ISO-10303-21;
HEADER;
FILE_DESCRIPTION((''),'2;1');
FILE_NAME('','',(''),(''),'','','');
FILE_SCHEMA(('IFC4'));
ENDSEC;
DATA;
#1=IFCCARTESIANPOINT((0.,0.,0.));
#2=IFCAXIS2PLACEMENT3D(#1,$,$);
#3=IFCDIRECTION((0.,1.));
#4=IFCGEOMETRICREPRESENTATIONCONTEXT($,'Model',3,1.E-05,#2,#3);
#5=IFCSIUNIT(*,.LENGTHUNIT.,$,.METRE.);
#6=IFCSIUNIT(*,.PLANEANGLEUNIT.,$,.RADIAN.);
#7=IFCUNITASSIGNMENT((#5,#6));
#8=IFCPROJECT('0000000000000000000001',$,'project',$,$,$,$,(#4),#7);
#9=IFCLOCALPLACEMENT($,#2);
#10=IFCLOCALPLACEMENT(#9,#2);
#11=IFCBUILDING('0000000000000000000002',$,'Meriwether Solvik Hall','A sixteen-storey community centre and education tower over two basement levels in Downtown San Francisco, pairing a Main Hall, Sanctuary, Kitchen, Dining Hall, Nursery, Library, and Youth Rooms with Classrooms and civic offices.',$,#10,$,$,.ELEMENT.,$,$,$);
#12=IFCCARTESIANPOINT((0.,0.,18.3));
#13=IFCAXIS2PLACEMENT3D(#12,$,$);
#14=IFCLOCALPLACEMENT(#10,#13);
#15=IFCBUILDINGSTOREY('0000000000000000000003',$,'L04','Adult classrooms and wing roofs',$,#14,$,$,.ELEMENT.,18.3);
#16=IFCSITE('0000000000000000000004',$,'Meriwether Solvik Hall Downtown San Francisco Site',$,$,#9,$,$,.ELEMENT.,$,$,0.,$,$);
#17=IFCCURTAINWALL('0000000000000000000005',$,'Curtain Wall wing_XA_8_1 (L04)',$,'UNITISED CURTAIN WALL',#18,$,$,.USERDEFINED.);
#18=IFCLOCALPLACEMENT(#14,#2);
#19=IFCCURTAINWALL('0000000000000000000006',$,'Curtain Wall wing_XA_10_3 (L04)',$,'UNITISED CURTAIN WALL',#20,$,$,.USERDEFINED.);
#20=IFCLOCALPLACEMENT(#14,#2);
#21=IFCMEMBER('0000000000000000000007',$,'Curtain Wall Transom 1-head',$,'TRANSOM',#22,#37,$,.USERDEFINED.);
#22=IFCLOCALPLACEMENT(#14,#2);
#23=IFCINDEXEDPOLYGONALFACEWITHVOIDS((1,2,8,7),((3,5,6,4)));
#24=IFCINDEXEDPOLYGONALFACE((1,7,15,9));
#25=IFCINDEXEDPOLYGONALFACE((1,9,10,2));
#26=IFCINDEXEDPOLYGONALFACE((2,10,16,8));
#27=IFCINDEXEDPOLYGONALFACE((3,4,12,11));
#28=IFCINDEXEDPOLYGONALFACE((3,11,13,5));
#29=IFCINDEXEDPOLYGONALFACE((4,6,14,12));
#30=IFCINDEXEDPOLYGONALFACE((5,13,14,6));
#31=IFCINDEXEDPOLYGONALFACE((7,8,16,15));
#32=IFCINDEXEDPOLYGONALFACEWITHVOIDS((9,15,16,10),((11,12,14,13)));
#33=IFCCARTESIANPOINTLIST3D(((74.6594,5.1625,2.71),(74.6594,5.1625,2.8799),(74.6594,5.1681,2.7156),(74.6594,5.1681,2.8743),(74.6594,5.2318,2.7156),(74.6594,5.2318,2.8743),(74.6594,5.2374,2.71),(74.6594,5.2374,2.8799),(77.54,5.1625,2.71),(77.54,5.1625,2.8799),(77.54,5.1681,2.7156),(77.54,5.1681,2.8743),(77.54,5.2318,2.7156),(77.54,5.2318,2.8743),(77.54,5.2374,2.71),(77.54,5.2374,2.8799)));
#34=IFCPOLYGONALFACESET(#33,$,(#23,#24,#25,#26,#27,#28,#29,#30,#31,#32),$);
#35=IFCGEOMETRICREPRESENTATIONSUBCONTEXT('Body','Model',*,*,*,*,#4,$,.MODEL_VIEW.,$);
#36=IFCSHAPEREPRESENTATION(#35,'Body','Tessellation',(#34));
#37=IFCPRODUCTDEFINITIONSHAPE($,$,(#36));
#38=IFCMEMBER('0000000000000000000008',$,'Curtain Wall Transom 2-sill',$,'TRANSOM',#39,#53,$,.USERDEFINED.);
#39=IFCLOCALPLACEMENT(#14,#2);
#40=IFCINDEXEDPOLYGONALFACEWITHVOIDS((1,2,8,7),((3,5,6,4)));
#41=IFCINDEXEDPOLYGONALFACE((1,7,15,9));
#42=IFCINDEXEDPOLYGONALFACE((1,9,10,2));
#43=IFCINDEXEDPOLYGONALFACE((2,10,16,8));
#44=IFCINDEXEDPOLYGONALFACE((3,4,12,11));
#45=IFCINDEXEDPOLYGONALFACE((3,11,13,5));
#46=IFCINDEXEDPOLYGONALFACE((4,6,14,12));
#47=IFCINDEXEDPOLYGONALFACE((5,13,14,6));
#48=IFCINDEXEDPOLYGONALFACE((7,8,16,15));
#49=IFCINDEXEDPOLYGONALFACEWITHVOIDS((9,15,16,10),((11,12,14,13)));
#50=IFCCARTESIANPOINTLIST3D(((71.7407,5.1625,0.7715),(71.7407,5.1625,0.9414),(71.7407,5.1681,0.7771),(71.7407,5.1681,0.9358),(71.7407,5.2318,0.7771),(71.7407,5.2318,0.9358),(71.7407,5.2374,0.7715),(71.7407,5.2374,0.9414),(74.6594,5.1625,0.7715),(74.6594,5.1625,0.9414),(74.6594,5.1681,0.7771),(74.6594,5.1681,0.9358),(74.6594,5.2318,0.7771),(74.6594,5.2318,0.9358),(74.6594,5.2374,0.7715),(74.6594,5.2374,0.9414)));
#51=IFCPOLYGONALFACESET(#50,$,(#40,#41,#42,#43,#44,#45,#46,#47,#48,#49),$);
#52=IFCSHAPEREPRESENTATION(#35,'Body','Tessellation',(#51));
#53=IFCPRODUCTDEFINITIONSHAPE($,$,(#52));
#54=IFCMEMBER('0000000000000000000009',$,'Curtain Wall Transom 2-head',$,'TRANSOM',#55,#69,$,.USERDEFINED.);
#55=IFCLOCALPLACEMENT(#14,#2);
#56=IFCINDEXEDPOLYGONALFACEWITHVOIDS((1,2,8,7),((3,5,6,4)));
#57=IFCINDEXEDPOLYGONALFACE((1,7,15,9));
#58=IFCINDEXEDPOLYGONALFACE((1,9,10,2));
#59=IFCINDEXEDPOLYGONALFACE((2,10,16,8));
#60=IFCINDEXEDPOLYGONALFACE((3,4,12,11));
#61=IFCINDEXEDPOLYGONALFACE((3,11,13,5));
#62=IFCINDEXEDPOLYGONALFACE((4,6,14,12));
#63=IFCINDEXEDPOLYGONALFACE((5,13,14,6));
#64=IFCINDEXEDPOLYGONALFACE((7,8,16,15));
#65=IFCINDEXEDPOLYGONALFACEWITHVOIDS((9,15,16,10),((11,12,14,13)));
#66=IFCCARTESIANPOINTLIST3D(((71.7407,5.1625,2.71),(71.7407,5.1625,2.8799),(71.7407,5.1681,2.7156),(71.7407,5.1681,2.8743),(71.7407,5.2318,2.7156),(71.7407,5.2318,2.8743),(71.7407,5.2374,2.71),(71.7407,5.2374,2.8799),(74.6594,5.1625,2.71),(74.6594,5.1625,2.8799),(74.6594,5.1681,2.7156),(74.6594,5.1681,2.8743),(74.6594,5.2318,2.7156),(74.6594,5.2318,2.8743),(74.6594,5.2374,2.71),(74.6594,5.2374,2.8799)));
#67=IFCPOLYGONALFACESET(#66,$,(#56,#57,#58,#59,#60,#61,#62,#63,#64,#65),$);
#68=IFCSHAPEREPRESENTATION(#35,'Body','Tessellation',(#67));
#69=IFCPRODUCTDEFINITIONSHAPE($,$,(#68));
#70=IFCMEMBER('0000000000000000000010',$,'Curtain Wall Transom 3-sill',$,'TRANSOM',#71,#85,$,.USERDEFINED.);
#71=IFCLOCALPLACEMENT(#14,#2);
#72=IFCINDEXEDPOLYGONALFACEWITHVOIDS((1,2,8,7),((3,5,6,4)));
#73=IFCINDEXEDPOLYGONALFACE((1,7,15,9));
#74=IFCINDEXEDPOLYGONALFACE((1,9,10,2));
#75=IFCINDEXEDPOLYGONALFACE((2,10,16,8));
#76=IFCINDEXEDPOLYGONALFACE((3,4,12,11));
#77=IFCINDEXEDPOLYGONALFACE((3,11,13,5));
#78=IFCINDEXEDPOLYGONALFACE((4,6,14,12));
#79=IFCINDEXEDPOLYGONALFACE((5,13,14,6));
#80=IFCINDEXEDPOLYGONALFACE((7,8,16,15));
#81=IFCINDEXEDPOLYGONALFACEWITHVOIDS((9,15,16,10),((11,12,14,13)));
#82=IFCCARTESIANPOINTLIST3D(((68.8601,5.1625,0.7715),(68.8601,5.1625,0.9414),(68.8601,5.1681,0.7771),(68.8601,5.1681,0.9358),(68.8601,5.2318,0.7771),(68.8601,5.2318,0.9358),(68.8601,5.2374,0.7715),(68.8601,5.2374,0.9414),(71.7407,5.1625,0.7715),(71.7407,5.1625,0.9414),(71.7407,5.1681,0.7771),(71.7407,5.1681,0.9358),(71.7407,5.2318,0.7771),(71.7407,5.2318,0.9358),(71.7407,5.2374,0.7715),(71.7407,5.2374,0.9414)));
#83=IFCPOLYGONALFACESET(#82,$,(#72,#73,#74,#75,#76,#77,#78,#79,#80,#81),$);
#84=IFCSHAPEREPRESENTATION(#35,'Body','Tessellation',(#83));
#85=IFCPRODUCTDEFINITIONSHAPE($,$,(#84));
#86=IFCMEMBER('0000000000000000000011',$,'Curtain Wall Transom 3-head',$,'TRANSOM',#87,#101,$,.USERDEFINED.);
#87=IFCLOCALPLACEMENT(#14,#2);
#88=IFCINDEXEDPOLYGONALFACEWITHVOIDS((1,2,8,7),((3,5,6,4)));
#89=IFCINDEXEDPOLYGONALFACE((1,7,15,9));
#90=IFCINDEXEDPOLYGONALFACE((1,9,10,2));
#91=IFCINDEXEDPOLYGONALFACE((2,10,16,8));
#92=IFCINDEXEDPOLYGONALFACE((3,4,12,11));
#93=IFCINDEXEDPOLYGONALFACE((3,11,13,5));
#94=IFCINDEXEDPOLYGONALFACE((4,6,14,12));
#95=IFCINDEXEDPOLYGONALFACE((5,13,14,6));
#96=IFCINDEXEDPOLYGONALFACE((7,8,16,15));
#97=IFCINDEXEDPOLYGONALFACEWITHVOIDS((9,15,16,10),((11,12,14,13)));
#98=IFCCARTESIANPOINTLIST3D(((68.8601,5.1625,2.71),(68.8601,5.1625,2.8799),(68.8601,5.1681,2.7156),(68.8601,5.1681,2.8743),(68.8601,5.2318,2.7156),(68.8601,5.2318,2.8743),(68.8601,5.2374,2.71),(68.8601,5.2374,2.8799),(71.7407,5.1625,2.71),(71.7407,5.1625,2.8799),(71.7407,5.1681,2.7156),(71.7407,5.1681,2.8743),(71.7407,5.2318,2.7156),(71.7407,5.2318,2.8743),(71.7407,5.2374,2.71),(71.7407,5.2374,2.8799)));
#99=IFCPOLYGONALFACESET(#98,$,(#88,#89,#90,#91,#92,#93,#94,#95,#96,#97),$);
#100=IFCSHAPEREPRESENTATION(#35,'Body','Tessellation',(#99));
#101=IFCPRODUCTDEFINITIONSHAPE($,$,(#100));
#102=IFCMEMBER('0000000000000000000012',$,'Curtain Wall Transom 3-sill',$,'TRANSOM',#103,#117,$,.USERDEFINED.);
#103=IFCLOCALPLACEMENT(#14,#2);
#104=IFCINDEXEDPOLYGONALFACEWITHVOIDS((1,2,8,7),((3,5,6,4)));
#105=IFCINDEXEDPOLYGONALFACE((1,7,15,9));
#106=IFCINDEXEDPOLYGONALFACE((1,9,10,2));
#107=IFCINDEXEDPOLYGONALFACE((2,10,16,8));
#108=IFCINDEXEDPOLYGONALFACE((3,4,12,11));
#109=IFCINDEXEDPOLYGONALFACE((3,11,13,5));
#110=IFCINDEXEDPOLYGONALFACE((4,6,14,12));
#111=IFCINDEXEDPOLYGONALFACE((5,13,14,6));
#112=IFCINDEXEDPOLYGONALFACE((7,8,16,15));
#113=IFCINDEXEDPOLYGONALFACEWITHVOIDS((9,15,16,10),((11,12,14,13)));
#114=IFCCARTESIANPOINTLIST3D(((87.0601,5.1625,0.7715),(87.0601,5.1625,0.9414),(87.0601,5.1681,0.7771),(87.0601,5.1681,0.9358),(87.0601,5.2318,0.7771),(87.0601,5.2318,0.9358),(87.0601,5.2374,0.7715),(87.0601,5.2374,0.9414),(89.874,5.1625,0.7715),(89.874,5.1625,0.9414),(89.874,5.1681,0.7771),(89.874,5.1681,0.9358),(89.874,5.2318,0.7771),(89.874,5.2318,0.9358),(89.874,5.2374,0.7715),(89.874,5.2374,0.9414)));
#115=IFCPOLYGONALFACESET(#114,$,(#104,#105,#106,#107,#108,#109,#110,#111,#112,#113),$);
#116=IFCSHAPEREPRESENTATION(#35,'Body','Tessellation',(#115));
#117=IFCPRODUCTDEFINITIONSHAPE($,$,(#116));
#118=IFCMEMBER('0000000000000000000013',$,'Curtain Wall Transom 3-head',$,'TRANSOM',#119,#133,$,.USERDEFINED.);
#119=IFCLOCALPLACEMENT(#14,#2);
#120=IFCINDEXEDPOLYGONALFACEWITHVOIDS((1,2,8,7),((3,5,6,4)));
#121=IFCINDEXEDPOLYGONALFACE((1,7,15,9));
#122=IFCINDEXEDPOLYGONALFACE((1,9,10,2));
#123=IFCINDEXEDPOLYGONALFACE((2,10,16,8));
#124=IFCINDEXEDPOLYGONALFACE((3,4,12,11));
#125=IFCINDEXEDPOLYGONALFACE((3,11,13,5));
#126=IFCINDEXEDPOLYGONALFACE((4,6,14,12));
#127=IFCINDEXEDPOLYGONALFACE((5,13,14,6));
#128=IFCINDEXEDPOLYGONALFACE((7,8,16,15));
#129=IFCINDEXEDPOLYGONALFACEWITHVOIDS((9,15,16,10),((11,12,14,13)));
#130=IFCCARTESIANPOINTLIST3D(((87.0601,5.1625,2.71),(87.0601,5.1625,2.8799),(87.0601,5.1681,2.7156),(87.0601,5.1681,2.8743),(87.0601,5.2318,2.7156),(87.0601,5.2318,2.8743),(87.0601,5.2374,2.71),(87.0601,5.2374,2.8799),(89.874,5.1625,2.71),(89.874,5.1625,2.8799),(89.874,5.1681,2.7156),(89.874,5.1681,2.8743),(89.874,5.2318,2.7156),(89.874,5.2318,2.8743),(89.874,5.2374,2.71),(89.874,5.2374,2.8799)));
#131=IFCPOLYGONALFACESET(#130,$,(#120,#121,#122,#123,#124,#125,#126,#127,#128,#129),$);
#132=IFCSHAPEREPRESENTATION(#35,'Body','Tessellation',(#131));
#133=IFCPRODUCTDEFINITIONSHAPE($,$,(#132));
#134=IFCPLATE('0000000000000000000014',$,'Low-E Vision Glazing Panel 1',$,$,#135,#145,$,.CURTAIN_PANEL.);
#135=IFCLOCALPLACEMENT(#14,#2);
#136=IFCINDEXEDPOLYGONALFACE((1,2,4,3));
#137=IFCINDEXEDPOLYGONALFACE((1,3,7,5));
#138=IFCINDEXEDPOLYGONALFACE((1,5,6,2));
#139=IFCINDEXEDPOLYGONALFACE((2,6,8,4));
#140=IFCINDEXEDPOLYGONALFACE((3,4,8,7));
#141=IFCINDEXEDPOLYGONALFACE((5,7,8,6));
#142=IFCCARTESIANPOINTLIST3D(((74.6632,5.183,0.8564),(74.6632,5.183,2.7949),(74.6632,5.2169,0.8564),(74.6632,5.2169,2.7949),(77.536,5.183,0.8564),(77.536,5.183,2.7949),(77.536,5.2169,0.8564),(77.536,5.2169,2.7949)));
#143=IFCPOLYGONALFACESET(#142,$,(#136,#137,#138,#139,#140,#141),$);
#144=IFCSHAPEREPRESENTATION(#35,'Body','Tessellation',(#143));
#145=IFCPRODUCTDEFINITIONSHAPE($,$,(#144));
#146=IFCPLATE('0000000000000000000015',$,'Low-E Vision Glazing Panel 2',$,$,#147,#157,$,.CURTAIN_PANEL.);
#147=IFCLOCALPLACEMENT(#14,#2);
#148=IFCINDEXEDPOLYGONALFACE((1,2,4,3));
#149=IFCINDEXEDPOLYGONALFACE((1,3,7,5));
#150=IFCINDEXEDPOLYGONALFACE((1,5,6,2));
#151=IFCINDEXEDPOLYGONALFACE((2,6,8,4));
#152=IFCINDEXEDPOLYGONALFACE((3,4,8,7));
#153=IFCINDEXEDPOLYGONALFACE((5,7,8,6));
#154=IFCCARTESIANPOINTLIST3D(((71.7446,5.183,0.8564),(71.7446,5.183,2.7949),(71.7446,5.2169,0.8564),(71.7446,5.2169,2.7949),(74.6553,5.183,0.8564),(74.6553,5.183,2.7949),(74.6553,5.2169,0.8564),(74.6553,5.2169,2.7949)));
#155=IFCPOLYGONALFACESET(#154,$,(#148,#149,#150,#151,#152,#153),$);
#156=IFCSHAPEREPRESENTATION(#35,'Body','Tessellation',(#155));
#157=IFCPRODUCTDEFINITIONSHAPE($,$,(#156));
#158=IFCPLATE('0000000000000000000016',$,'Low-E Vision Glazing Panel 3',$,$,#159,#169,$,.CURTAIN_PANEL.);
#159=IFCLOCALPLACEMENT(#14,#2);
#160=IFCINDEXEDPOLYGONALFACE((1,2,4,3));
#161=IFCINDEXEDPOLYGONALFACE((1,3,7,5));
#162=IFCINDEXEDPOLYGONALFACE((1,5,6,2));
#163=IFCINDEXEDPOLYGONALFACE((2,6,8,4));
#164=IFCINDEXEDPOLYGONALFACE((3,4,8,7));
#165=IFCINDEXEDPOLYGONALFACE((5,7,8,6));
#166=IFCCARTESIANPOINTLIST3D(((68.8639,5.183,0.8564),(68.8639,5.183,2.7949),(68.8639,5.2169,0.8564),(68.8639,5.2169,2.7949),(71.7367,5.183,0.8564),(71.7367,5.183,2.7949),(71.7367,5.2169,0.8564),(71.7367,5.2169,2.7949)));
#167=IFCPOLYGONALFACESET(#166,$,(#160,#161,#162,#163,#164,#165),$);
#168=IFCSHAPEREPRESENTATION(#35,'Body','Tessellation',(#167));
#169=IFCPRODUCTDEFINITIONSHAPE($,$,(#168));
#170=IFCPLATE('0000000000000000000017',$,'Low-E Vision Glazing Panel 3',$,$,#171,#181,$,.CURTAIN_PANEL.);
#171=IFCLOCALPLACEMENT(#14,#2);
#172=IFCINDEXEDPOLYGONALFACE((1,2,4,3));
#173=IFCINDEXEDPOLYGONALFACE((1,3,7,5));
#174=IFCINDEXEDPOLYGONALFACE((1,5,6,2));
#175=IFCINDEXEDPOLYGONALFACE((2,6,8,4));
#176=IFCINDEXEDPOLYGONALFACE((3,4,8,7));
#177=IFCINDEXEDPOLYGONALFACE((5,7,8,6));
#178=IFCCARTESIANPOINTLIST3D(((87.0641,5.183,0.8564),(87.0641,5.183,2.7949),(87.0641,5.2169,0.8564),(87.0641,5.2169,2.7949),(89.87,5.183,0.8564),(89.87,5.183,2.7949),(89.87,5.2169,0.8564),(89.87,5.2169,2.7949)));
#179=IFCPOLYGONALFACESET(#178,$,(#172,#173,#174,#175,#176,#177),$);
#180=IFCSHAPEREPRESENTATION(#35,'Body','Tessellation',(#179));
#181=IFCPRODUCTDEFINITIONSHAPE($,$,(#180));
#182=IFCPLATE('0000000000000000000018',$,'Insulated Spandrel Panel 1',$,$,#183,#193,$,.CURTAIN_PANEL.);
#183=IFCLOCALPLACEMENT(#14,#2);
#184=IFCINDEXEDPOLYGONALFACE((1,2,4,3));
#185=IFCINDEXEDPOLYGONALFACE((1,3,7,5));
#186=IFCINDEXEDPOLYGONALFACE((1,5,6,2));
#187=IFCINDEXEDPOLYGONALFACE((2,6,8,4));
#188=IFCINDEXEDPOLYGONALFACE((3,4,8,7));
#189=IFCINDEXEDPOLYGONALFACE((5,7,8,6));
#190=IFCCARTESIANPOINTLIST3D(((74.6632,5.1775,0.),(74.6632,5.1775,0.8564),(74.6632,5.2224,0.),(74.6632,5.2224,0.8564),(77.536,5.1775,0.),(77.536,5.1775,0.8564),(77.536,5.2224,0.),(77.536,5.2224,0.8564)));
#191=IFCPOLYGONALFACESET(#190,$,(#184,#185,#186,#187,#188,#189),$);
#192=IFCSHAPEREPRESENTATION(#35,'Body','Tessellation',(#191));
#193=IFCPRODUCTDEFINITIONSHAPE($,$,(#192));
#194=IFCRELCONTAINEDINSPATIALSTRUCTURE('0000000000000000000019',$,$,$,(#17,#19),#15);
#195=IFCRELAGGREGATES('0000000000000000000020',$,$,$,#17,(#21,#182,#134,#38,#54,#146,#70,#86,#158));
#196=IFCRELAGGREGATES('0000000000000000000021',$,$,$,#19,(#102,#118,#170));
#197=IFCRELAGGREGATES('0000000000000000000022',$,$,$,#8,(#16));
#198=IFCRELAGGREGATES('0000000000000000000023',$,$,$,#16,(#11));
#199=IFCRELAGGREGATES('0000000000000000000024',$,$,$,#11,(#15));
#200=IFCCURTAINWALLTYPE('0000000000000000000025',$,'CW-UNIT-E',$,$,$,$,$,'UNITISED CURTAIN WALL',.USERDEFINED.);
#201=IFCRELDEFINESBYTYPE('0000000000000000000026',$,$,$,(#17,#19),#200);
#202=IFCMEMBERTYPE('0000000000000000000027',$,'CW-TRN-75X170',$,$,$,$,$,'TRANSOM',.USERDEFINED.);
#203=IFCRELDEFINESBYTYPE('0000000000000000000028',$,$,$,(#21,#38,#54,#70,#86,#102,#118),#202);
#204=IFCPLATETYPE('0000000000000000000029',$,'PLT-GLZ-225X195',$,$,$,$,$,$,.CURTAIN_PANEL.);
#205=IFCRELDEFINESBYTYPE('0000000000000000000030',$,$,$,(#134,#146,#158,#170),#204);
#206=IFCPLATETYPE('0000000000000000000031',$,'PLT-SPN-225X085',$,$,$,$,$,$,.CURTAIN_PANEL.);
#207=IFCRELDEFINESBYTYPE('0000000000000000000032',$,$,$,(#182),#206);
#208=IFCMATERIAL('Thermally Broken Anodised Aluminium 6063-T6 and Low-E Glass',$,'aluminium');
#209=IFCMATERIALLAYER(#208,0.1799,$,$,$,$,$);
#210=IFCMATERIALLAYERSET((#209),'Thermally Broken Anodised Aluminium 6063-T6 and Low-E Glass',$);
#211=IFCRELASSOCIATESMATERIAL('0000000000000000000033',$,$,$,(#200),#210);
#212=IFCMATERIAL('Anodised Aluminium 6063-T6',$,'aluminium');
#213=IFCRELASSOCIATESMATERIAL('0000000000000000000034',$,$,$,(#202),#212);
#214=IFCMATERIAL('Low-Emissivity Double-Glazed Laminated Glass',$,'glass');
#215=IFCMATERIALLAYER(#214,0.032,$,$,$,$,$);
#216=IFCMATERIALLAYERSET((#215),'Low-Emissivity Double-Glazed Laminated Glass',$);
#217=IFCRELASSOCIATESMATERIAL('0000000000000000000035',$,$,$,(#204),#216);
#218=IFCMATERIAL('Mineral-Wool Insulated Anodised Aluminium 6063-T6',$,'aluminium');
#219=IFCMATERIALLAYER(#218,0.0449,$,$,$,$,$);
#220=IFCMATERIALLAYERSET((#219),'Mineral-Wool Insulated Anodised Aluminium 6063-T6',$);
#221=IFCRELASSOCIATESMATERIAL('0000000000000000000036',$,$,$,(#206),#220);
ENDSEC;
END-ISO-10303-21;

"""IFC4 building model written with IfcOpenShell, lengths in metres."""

from ifc_helpers import new_model, si_unit, direction, frame, origin, origin_2d, place, context, subcontext, project, spatial, rectangle, hollow_rectangle, extrude, material, layer, layer_set, material_profile, profile_set, type_object, element, aggregate, save


model = new_model("IFC4")

# Units and contexts
model_context = context("Model", 3, precision=1e-05, world=origin(), true_north=direction((0.0, 1.0)))
body_context = subcontext(model_context, "Body", "Model", "MODEL_VIEW")
ifc_project = project(units=[si_unit("LENGTHUNIT", "METRE"), si_unit("PLANEANGLEUNIT", "RADIAN")], contexts=[model_context])

# Site, building, storey
site_placement = place(None, origin())
site = spatial("IfcSite", under=ifc_project, at=site_placement, Name="Meriwether Solvik Hall Downtown San Francisco Site", CompositionType="ELEMENT", RefElevation=0.0)
building_placement = place(site_placement, origin())
building = spatial("IfcBuilding", under=site, at=building_placement, Name="Meriwether Solvik Hall", Description="A sixteen-storey community centre and education tower over two basement levels in Downtown San Francisco, pairing a Main Hall, Sanctuary, Kitchen, Dining Hall, Nursery, Library, and Youth Rooms with Classrooms and civic offices.", CompositionType="ELEMENT")
storey_placement = place(building_placement, frame((0.0, 0.0, 18.3)))
storey = spatial("IfcBuildingStorey", under=building, at=storey_placement, Name="L04", Description="Adult classrooms and wing roofs", CompositionType="ELEMENT", Elevation=18.3)

# Curtain walls
ifc_material_1 = material(Name="Thermally Broken Anodised Aluminium 6063-T6 and Low-E Glass", Category="aluminium")
ifc_layer_1 = layer(ifc_material_1, 0.1799)
ifc_layer_set_1 = layer_set([ifc_layer_1], Name="Thermally Broken Anodised Aluminium 6063-T6 and Low-E Glass")
curtain_wall_type = type_object("IfcCurtainWallType", Name="CW-UNIT-E", ElementType="UNITISED CURTAIN WALL", PredefinedType="USERDEFINED", material=ifc_layer_set_1)
curtain_wall_1_placement = place(storey_placement, origin())
curtain_wall_1 = element("IfcCurtainWall", 1, at=curtain_wall_1_placement, inside=storey, type_object=curtain_wall_type, Name="Curtain Wall wing_XA_8_1 (L04)", ObjectType="UNITISED CURTAIN WALL", PredefinedType="USERDEFINED")
curtain_wall_2_placement = place(storey_placement, origin())
curtain_wall_2 = element("IfcCurtainWall", 2, at=curtain_wall_2_placement, inside=storey, type_object=curtain_wall_type, Name="Curtain Wall wing_XA_10_3 (L04)", ObjectType="UNITISED CURTAIN WALL", PredefinedType="USERDEFINED")

# Members
ifc_material_2 = material(Name="Anodised Aluminium 6063-T6", Category="aluminium")
ifc_material_profile_1 = material_profile(ifc_material_2, hollow_rectangle(XDim=0.075, YDim=0.1699, WallThickness=0.0056, at=origin_2d()), Name="CWT-75X170")
ifc_profile_set_1 = profile_set([ifc_material_profile_1], Name="Anodised Aluminium 6063-T6")
member_type_1 = type_object("IfcMemberType", Name="CW-TRN-75X170", ElementType="TRANSOM", PredefinedType="USERDEFINED", material=ifc_profile_set_1)
member_1_placement = place(storey_placement, frame((77.54, 5.2, 2.7949), z_axis=(-1.0, 0.0, 0.0), x_axis=(0.0, -1.0, 0.0)))
member_1 = element("IfcMember", 3, at=member_1_placement, type_object=member_type_1, Name="Curtain Wall Transom 1-head", ObjectType="TRANSOM", PredefinedType="USERDEFINED", context=body_context, shape_type="SweptSolid", body=[
    extrude(hollow_rectangle(XDim=0.075, YDim=0.1699, WallThickness=0.0056, at=origin_2d()), origin(), (0.0, 0.0, 1.0), 2.8806),
])
member_2_placement = place(storey_placement, frame((74.6594, 5.2, 0.8564), z_axis=(-1.0, 0.0, 0.0), x_axis=(0.0, -1.0, 0.0)))
member_2 = element("IfcMember", 4, at=member_2_placement, type_object=member_type_1, Name="Curtain Wall Transom 2-sill", ObjectType="TRANSOM", PredefinedType="USERDEFINED", context=body_context, shape_type="SweptSolid", body=[
    extrude(hollow_rectangle(XDim=0.075, YDim=0.1699, WallThickness=0.0056, at=origin_2d()), origin(), (0.0, 0.0, 1.0), 2.9187),
])
member_3_placement = place(storey_placement, frame((74.6594, 5.2, 2.7949), z_axis=(-1.0, 0.0, 0.0), x_axis=(0.0, -1.0, 0.0)))
member_3 = element("IfcMember", 5, at=member_3_placement, type_object=member_type_1, Name="Curtain Wall Transom 2-head", ObjectType="TRANSOM", PredefinedType="USERDEFINED", context=body_context, shape_type="SweptSolid", body=[
    extrude(hollow_rectangle(XDim=0.075, YDim=0.1699, WallThickness=0.0056, at=origin_2d()), origin(), (0.0, 0.0, 1.0), 2.9187),
])
member_4_placement = place(storey_placement, frame((71.7407, 5.2, 0.8564), z_axis=(-1.0, 0.0, 0.0), x_axis=(0.0, -1.0, 0.0)))
member_4 = element("IfcMember", 6, at=member_4_placement, type_object=member_type_1, Name="Curtain Wall Transom 3-sill", ObjectType="TRANSOM", PredefinedType="USERDEFINED", context=body_context, shape_type="SweptSolid", body=[
    extrude(hollow_rectangle(XDim=0.075, YDim=0.1699, WallThickness=0.0056, at=origin_2d()), origin(), (0.0, 0.0, 1.0), 2.8806),
])
member_5_placement = place(storey_placement, frame((71.7407, 5.2, 2.7949), z_axis=(-1.0, 0.0, 0.0), x_axis=(0.0, -1.0, 0.0)))
member_5 = element("IfcMember", 7, at=member_5_placement, type_object=member_type_1, Name="Curtain Wall Transom 3-head", ObjectType="TRANSOM", PredefinedType="USERDEFINED", context=body_context, shape_type="SweptSolid", body=[
    extrude(hollow_rectangle(XDim=0.075, YDim=0.1699, WallThickness=0.0056, at=origin_2d()), origin(), (0.0, 0.0, 1.0), 2.8806),
])
member_6_placement = place(storey_placement, frame((89.874, 5.2, 0.8564), z_axis=(-1.0, 0.0, 0.0), x_axis=(0.0, -1.0, 0.0)))
member_6 = element("IfcMember", 8, at=member_6_placement, type_object=member_type_1, Name="Curtain Wall Transom 3-sill", ObjectType="TRANSOM", PredefinedType="USERDEFINED", context=body_context, shape_type="SweptSolid", body=[
    extrude(hollow_rectangle(XDim=0.075, YDim=0.1699, WallThickness=0.0056, at=origin_2d()), origin(), (0.0, 0.0, 1.0), 2.814),
])
member_7_placement = place(storey_placement, frame((89.874, 5.2, 2.7949), z_axis=(-1.0, 0.0, 0.0), x_axis=(0.0, -1.0, 0.0)))
member_7 = element("IfcMember", 9, at=member_7_placement, type_object=member_type_1, Name="Curtain Wall Transom 3-head", ObjectType="TRANSOM", PredefinedType="USERDEFINED", context=body_context, shape_type="SweptSolid", body=[
    extrude(hollow_rectangle(XDim=0.075, YDim=0.1699, WallThickness=0.0056, at=origin_2d()), origin(), (0.0, 0.0, 1.0), 2.814),
])

# Plates
ifc_material_3 = material(Name="Low-Emissivity Double-Glazed Laminated Glass", Category="glass")
ifc_layer_2 = layer(ifc_material_3, 0.032)
ifc_layer_set_2 = layer_set([ifc_layer_2], Name="Low-Emissivity Double-Glazed Laminated Glass")
plate_type_1 = type_object("IfcPlateType", Name="PLT-GLZ-225X195", PredefinedType="CURTAIN_PANEL", material=ifc_layer_set_2)
plate_1_placement = place(storey_placement, frame((76.0996, 5.2, 0.8564), z_axis=(0.0, 0.0, 1.0), x_axis=(-1.0, 0.0, 0.0)))
plate_1 = element("IfcPlate", 10, at=plate_1_placement, type_object=plate_type_1, Name="Low-E Vision Glazing Panel 1", PredefinedType="CURTAIN_PANEL", context=body_context, shape_type="SweptSolid", body=[
    extrude(rectangle(XDim=2.8728, YDim=0.0339, at=origin_2d()), origin(), (0.0, 0.0, 1.0), 1.9385),
])
plate_2_placement = place(storey_placement, frame((73.2, 5.2, 0.8564), z_axis=(0.0, 0.0, 1.0), x_axis=(-1.0, 0.0, 0.0)))
plate_2 = element("IfcPlate", 11, at=plate_2_placement, type_object=plate_type_1, Name="Low-E Vision Glazing Panel 2", PredefinedType="CURTAIN_PANEL", context=body_context, shape_type="SweptSolid", body=[
    extrude(rectangle(XDim=2.9106, YDim=0.0339, at=origin_2d()), origin(), (0.0, 0.0, 1.0), 1.9385),
])
plate_3_placement = place(storey_placement, frame((70.3003, 5.2, 0.8564), z_axis=(0.0, 0.0, 1.0), x_axis=(-1.0, 0.0, 0.0)))
plate_3 = element("IfcPlate", 12, at=plate_3_placement, type_object=plate_type_1, Name="Low-E Vision Glazing Panel 3", PredefinedType="CURTAIN_PANEL", context=body_context, shape_type="SweptSolid", body=[
    extrude(rectangle(XDim=2.8728, YDim=0.0339, at=origin_2d()), origin(), (0.0, 0.0, 1.0), 1.9385),
])
plate_4_placement = place(storey_placement, frame((88.467, 5.2, 0.8564), z_axis=(0.0, 0.0, 1.0), x_axis=(-1.0, 0.0, 0.0)))
plate_4 = element("IfcPlate", 13, at=plate_4_placement, type_object=plate_type_1, Name="Low-E Vision Glazing Panel 3", PredefinedType="CURTAIN_PANEL", context=body_context, shape_type="SweptSolid", body=[
    extrude(rectangle(XDim=2.8059, YDim=0.0339, at=origin_2d()), origin(), (0.0, 0.0, 1.0), 1.9385),
])
ifc_material_4 = material(Name="Mineral-Wool Insulated Anodised Aluminium 6063-T6", Category="aluminium")
ifc_layer_3 = layer(ifc_material_4, 0.0449)
ifc_layer_set_3 = layer_set([ifc_layer_3], Name="Mineral-Wool Insulated Anodised Aluminium 6063-T6")
plate_type_2 = type_object("IfcPlateType", Name="PLT-SPN-225X085", PredefinedType="CURTAIN_PANEL", material=ifc_layer_set_3)
plate_5_placement = place(storey_placement, frame((76.0996, 5.2, 0.0), z_axis=(0.0, 0.0, 1.0), x_axis=(-1.0, 0.0, 0.0)))
plate_5 = element("IfcPlate", 14, at=plate_5_placement, type_object=plate_type_2, Name="Insulated Spandrel Panel 1", PredefinedType="CURTAIN_PANEL", context=body_context, shape_type="SweptSolid", body=[
    extrude(rectangle(XDim=2.8728, YDim=0.0449, at=origin_2d()), origin(), (0.0, 0.0, 1.0), 0.8564),
])
aggregate(curtain_wall_1, [member_1, plate_5, plate_1, member_2, member_3, plate_2, member_4, member_5, plate_3])
aggregate(curtain_wall_2, [member_6, member_7, plate_4])

save(model, "model.ifc")
